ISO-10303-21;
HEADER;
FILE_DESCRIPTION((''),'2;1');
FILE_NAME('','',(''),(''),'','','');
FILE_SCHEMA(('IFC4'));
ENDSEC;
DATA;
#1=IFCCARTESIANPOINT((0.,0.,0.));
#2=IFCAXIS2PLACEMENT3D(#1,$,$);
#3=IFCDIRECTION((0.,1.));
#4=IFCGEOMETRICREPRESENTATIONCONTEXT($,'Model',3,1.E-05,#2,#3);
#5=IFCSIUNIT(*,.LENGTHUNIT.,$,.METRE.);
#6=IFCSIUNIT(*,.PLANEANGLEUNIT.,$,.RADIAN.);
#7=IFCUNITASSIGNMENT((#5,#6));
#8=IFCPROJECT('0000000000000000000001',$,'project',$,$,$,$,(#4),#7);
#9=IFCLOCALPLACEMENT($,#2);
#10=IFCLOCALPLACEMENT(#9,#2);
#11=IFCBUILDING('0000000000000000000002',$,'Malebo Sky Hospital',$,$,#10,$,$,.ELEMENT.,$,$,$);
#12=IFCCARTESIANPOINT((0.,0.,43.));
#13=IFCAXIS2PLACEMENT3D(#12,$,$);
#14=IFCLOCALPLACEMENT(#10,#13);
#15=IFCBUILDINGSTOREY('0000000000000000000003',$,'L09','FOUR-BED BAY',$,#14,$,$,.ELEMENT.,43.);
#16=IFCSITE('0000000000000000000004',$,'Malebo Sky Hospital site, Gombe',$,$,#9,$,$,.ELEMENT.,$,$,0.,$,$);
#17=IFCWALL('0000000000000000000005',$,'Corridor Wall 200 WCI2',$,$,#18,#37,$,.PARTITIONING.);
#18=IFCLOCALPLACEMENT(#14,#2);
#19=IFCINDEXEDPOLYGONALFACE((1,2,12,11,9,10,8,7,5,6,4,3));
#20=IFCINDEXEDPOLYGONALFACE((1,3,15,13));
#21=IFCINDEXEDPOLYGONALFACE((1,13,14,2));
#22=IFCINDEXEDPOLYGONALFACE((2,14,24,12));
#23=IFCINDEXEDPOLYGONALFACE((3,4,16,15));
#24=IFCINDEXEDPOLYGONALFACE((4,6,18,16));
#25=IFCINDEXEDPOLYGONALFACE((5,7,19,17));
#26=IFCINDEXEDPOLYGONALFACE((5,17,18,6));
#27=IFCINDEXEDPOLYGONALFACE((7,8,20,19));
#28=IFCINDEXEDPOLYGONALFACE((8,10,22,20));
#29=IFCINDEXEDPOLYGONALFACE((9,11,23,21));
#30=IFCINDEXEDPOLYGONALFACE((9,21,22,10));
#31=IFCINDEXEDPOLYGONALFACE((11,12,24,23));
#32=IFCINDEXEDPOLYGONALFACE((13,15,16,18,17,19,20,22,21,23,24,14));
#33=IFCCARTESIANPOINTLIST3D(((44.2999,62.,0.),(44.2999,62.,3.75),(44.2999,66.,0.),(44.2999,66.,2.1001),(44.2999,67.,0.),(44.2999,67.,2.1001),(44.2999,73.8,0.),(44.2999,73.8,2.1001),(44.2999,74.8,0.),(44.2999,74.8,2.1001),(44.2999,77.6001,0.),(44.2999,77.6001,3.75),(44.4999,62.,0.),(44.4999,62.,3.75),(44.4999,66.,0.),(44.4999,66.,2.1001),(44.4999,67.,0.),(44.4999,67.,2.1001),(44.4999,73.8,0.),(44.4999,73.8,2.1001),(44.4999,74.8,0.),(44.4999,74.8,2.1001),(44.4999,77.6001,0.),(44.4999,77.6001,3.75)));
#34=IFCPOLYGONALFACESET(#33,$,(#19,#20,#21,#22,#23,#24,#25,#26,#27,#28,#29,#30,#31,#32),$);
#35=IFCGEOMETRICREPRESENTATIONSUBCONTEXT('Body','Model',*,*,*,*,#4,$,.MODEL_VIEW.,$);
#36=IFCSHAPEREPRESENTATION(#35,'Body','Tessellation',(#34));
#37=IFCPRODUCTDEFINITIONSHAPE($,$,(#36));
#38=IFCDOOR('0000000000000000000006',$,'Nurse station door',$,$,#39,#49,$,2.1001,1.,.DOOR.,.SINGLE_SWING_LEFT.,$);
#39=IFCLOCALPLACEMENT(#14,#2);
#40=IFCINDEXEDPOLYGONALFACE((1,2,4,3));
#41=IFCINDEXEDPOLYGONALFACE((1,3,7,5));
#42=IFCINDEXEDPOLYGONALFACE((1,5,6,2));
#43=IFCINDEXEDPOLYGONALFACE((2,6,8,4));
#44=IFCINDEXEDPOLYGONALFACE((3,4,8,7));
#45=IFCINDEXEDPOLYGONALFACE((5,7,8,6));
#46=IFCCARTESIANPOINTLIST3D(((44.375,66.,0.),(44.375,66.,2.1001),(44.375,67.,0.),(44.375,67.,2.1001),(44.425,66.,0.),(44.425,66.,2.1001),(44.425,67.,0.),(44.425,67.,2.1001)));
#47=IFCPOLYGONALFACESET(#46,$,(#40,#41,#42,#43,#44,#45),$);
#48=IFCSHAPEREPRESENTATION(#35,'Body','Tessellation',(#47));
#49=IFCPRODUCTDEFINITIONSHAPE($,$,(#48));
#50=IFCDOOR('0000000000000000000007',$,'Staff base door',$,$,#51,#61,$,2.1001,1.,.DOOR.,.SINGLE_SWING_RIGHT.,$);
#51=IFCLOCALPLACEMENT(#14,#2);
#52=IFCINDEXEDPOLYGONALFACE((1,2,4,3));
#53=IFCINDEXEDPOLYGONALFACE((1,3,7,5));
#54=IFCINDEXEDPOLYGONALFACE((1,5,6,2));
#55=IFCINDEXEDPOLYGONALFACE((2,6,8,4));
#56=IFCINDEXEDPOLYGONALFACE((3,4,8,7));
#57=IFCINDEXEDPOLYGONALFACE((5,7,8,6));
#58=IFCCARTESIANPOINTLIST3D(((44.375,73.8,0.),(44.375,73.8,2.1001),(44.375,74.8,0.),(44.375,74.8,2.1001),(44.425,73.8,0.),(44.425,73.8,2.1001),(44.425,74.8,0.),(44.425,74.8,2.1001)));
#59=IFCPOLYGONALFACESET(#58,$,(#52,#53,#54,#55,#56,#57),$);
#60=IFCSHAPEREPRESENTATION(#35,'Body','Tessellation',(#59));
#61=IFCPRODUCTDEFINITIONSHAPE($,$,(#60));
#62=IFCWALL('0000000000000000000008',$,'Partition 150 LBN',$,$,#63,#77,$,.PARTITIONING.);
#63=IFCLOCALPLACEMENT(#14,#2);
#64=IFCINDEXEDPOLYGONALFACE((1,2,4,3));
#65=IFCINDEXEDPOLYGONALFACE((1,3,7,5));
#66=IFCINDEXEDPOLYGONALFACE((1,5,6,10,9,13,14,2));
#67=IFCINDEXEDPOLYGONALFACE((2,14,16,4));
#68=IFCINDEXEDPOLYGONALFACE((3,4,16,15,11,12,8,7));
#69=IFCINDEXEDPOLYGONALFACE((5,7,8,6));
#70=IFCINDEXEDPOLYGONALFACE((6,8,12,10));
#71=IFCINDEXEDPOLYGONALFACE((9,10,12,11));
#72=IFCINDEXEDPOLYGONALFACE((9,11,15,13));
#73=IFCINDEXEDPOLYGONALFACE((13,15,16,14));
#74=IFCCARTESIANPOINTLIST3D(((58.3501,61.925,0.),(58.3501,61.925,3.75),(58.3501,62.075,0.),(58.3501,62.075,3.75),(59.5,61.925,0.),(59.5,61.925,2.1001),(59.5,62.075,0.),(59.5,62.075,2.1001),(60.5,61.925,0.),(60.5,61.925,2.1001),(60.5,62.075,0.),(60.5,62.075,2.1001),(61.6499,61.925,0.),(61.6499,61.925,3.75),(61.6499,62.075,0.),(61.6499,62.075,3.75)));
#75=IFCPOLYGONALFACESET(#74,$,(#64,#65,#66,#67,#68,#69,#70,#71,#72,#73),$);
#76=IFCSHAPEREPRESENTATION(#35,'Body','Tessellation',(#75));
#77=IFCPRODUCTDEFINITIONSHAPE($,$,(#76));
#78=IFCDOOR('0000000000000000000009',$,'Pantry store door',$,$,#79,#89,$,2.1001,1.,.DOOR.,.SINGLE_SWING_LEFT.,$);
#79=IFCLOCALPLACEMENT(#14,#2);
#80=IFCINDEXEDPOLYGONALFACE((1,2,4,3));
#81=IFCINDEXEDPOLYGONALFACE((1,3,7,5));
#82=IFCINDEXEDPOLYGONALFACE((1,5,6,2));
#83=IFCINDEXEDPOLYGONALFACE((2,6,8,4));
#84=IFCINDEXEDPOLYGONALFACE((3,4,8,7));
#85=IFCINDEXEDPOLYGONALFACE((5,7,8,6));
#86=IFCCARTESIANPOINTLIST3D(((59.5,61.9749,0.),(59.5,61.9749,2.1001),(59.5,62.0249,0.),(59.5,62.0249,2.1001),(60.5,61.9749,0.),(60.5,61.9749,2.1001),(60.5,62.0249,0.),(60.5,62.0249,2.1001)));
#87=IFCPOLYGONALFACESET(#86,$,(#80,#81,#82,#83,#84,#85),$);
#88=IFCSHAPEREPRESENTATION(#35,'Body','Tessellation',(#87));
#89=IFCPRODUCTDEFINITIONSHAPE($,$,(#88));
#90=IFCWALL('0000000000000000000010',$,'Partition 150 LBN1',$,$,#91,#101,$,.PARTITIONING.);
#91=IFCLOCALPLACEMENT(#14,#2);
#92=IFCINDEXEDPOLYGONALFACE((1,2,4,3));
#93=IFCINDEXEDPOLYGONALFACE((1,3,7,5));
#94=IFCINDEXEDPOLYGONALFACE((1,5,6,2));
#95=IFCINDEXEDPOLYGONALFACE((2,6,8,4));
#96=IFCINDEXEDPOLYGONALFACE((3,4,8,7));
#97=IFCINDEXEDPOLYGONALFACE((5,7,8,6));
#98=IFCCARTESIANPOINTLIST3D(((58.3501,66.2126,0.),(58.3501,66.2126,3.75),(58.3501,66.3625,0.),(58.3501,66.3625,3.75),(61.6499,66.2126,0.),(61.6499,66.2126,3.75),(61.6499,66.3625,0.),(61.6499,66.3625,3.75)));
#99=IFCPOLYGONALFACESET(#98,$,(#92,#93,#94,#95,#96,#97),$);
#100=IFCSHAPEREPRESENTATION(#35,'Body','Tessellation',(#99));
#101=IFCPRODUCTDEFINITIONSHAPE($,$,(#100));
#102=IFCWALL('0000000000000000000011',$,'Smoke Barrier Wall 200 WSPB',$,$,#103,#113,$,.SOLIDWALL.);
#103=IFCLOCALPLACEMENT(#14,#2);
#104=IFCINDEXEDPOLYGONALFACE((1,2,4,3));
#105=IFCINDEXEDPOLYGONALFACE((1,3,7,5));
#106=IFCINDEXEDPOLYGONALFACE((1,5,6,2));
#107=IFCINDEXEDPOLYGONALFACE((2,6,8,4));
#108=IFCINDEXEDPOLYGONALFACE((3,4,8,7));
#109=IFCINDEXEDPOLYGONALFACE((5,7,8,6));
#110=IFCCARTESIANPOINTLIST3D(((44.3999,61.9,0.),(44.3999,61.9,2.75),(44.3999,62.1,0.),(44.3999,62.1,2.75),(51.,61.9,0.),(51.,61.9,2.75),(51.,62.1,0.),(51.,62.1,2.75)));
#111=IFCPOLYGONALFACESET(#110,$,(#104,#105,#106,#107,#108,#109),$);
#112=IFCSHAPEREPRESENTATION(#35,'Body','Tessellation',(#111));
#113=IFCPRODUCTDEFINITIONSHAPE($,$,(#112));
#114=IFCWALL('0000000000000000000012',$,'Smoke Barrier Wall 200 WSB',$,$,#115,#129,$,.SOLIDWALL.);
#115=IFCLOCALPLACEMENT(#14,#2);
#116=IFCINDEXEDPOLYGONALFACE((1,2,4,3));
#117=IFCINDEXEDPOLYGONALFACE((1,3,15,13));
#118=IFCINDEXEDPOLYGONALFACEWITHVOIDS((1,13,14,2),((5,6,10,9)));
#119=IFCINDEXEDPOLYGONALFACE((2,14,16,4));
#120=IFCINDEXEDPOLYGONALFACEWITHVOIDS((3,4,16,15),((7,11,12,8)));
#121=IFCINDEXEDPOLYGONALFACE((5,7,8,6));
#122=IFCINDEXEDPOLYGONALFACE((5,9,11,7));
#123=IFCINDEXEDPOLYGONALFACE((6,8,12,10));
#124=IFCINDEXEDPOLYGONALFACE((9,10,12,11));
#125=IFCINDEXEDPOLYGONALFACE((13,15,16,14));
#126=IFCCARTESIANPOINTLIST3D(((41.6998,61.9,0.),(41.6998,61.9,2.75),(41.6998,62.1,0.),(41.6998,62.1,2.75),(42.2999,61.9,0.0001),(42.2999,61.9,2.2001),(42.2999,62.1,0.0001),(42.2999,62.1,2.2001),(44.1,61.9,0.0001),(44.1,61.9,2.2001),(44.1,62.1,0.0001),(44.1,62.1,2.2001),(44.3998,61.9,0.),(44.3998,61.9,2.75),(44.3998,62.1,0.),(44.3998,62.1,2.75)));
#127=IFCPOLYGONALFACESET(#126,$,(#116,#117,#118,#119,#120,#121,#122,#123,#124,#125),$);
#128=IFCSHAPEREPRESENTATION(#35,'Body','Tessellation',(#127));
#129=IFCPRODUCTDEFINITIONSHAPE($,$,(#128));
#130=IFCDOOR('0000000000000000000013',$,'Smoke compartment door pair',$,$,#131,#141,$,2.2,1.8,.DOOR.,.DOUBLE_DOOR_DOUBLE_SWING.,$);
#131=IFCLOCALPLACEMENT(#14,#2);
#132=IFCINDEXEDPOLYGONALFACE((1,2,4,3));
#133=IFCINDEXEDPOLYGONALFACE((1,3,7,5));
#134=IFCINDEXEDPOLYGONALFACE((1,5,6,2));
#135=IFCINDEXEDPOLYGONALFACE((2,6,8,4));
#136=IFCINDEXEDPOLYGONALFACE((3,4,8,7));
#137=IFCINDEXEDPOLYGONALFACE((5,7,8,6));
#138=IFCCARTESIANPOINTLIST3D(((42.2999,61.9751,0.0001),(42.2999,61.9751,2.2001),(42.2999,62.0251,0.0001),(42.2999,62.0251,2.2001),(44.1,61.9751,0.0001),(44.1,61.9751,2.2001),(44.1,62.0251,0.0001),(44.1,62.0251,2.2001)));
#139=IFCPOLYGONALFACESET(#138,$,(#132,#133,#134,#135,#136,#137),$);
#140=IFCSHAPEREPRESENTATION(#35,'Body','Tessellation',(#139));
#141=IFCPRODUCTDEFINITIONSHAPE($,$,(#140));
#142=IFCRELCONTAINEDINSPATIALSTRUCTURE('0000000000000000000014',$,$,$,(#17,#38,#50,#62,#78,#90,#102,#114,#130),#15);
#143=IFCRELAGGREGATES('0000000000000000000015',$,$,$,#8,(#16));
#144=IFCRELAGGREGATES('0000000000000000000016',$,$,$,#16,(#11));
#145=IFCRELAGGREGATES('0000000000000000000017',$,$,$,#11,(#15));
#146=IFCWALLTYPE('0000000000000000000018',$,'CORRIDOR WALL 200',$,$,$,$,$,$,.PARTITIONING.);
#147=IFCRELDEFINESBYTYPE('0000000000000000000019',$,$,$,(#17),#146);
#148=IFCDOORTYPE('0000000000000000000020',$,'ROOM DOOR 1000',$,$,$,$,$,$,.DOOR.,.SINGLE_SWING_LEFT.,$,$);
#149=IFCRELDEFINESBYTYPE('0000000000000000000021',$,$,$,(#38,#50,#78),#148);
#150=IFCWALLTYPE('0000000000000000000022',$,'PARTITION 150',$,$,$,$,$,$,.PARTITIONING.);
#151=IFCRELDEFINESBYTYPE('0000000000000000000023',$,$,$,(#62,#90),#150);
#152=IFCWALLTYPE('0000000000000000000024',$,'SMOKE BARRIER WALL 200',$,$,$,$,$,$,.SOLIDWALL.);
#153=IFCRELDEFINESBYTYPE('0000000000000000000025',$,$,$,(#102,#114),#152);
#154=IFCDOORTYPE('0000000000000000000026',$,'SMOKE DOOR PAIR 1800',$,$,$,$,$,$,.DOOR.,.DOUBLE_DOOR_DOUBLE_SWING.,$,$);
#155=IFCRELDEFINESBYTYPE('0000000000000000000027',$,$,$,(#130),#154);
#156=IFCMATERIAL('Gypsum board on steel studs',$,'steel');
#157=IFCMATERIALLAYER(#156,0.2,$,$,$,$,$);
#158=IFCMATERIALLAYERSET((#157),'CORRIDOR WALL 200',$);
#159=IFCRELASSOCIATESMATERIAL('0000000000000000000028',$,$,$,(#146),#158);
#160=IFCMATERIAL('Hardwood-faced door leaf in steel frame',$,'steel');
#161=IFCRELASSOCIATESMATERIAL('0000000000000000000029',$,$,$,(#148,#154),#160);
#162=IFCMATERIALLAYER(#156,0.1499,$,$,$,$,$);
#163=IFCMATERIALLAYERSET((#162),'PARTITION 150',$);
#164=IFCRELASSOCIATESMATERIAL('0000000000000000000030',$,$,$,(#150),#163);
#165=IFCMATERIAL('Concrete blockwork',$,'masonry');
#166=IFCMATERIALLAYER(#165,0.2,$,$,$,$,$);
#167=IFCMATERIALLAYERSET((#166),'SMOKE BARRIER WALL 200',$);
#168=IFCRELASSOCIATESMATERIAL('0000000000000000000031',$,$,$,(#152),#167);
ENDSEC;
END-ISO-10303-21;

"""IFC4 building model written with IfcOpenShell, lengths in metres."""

from ifc_helpers import new_model, si_unit, direction, frame, frame_2d, origin, place, context, subcontext, project, spatial, rectangle, extrude, material, layer, layer_set, type_object, element, fill, save


model = new_model("IFC4")

# Units and contexts
model_context = context("Model", 3, precision=1e-05, world=origin(), true_north=direction((0.0, 1.0)))
body_context = subcontext(model_context, "Body", "Model", "MODEL_VIEW")
ifc_project = project(units=[si_unit("LENGTHUNIT", "METRE"), si_unit("PLANEANGLEUNIT", "RADIAN")], contexts=[model_context])

# Site, building, storey
site_placement = place(None, origin())
site = spatial("IfcSite", under=ifc_project, at=site_placement, Name="Malebo Sky Hospital site, Gombe", CompositionType="ELEMENT", RefElevation=0.0)
building_placement = place(site_placement, origin())
building = spatial("IfcBuilding", under=site, at=building_placement, Name="Malebo Sky Hospital", CompositionType="ELEMENT")
storey_placement = place(building_placement, frame((0.0, 0.0, 43.0)))
storey = spatial("IfcBuildingStorey", under=building, at=storey_placement, Name="L09", Description="FOUR-BED BAY", CompositionType="ELEMENT", Elevation=43.0)

# Shared definitions
ifc_material_1 = material(Name="Hardwood-faced door leaf in steel frame", Category="steel")

# Wall, openings, doors
ifc_material_2 = material(Name="Gypsum board on steel studs", Category="steel")
ifc_layer_1 = layer(ifc_material_2, 0.2)
ifc_layer_set_1 = layer_set([ifc_layer_1], Name="CORRIDOR WALL 200")
wall_type_1 = type_object("IfcWallType", Name="CORRIDOR WALL 200", PredefinedType="PARTITIONING", material=ifc_layer_set_1)
wall_1_placement = place(storey_placement, frame((44.3999, 62.0, 0.0), z_axis=(0.0, 0.0, 1.0), x_axis=(0.0, 1.0, 0.0)))
wall_1 = element("IfcWall", 1, at=wall_1_placement, inside=storey, type_object=wall_type_1, Name="Corridor Wall 200 WCI2", PredefinedType="PARTITIONING", context=body_context, shape_type="SweptSolid", body=[
    extrude(rectangle(XDim=15.6001, YDim=0.2, at=frame_2d((7.8, 0.0))), origin(), (0.0, 0.0, 1.0), 3.75),
])
opening_1_placement = place(wall_1_placement, frame((4.0, 0.0, 0.0)))
opening_1 = element("IfcOpeningElement", 2, at=opening_1_placement, cuts=wall_1, PredefinedType="OPENING", context=body_context, shape_type="SweptSolid", body=[
    extrude(rectangle(XDim=1.0, YDim=2.1001, at=frame_2d((0.5, 1.05))), frame((0.0, 0.1099, 0.0), z_axis=(0.0, -1.0, 0.0), x_axis=(1.0, 0.0, 0.0)), (0.0, 0.0, 1.0), 0.22),
])
opening_2_placement = place(wall_1_placement, frame((11.8, 0.0, 0.0)))
opening_2 = element("IfcOpeningElement", 3, at=opening_2_placement, cuts=wall_1, PredefinedType="OPENING", context=body_context, shape_type="SweptSolid", body=[
    extrude(rectangle(XDim=1.0, YDim=2.1001, at=frame_2d((0.5, 1.05))), frame((0.0, 0.1099, 0.0), z_axis=(0.0, -1.0, 0.0), x_axis=(1.0, 0.0, 0.0)), (0.0, 0.0, 1.0), 0.22),
])
door_type_1 = type_object("IfcDoorType", Name="ROOM DOOR 1000", OperationType="SINGLE_SWING_LEFT", PredefinedType="DOOR", material=ifc_material_1)
door_1_placement = place(opening_1_placement, origin())
door_1 = element("IfcDoor", 4, at=door_1_placement, inside=storey, type_object=door_type_1, Name="Nurse station door", OperationType="SINGLE_SWING_LEFT", OverallHeight=2.1001, OverallWidth=1.0, PredefinedType="DOOR", context=body_context, shape_type="SweptSolid", body=[
    extrude(rectangle(XDim=1.0, YDim=2.1001, at=frame_2d((0.5, 1.05))), frame((0.0, 0.0249, 0.0), z_axis=(0.0, -1.0, 0.0), x_axis=(1.0, 0.0, 0.0)), (0.0, 0.0, 1.0), 0.05),
])
fill(opening_1, door_1)
door_2_placement = place(opening_2_placement, origin())
door_2 = element("IfcDoor", 5, at=door_2_placement, inside=storey, type_object=door_type_1, Name="Staff base door", OperationType="SINGLE_SWING_RIGHT", OverallHeight=2.1001, OverallWidth=1.0, PredefinedType="DOOR", context=body_context, shape_type="SweptSolid", body=[
    extrude(rectangle(XDim=1.0, YDim=2.1001, at=frame_2d((0.5, 1.05))), frame((0.0, 0.0249, 0.0), z_axis=(0.0, -1.0, 0.0), x_axis=(1.0, 0.0, 0.0)), (0.0, 0.0, 1.0), 0.05),
])
fill(opening_2, door_2)

# Wall, opening, door
ifc_layer_2 = layer(ifc_material_2, 0.1499)
ifc_layer_set_2 = layer_set([ifc_layer_2], Name="PARTITION 150")
wall_type_2 = type_object("IfcWallType", Name="PARTITION 150", PredefinedType="PARTITIONING", material=ifc_layer_set_2)
wall_2_placement = place(storey_placement, frame((58.3501, 62.0, 0.0), z_axis=(0.0, 0.0, 1.0), x_axis=(1.0, 0.0, 0.0)))
wall_2 = element("IfcWall", 6, at=wall_2_placement, inside=storey, type_object=wall_type_2, Name="Partition 150 LBN", PredefinedType="PARTITIONING", context=body_context, shape_type="SweptSolid", body=[
    extrude(rectangle(XDim=3.2998, YDim=0.1499, at=frame_2d((1.6499, 0.0))), origin(), (0.0, 0.0, 1.0), 3.75),
])
opening_3_placement = place(wall_2_placement, frame((1.1499, 0.0, 0.0)))
opening_3 = element("IfcOpeningElement", 7, at=opening_3_placement, cuts=wall_2, PredefinedType="OPENING", context=body_context, shape_type="SweptSolid", body=[
    extrude(rectangle(XDim=1.0, YDim=2.1001, at=frame_2d((0.5, 1.05))), frame((0.0, 0.085, 0.0), z_axis=(0.0, -1.0, 0.0), x_axis=(1.0, 0.0, 0.0)), (0.0, 0.0, 1.0), 0.1699),
])
door_3_placement = place(opening_3_placement, origin())
door_3 = element("IfcDoor", 8, at=door_3_placement, inside=storey, type_object=door_type_1, Name="Pantry store door", OperationType="SINGLE_SWING_LEFT", OverallHeight=2.1001, OverallWidth=1.0, PredefinedType="DOOR", context=body_context, shape_type="SweptSolid", body=[
    extrude(rectangle(XDim=1.0, YDim=2.1001, at=frame_2d((0.5, 1.05))), frame((0.0, 0.0249, 0.0), z_axis=(0.0, -1.0, 0.0), x_axis=(1.0, 0.0, 0.0)), (0.0, 0.0, 1.0), 0.05),
])
fill(opening_3, door_3)

# Walls
wall_3_placement = place(storey_placement, frame((58.3501, 66.2876, 0.0), z_axis=(0.0, 0.0, 1.0), x_axis=(1.0, 0.0, 0.0)))
element("IfcWall", 9, at=wall_3_placement, inside=storey, type_object=wall_type_2, Name="Partition 150 LBN1", PredefinedType="PARTITIONING", context=body_context, shape_type="SweptSolid", body=[
    extrude(rectangle(XDim=3.2998, YDim=0.1499, at=frame_2d((1.6499, 0.0))), origin(), (0.0, 0.0, 1.0), 3.75),
])
ifc_material_3 = material(Name="Concrete blockwork", Category="masonry")
ifc_layer_3 = layer(ifc_material_3, 0.2)
ifc_layer_set_3 = layer_set([ifc_layer_3], Name="SMOKE BARRIER WALL 200")
wall_type_3 = type_object("IfcWallType", Name="SMOKE BARRIER WALL 200", PredefinedType="SOLIDWALL", material=ifc_layer_set_3)
wall_4_placement = place(storey_placement, frame((51.0, 62.0, 0.0), z_axis=(0.0, 0.0, 1.0), x_axis=(-1.0, 0.0, 0.0)))
element("IfcWall", 10, at=wall_4_placement, inside=storey, type_object=wall_type_3, Name="Smoke Barrier Wall 200 WSPB", PredefinedType="SOLIDWALL", context=body_context, shape_type="SweptSolid", body=[
    extrude(rectangle(XDim=6.6001, YDim=0.2, at=frame_2d((3.3, 0.0))), origin(), (0.0, 0.0, 1.0), 2.75),
])

# Wall, opening, door
wall_5_placement = place(storey_placement, frame((44.3999, 62.0, 0.0), z_axis=(0.0, 0.0, 1.0), x_axis=(-1.0, 0.0, 0.0)))
wall_5 = element("IfcWall", 11, at=wall_5_placement, inside=storey, type_object=wall_type_3, Name="Smoke Barrier Wall 200 WSB", PredefinedType="SOLIDWALL", context=body_context, shape_type="SweptSolid", body=[
    extrude(rectangle(XDim=2.7, YDim=0.2, at=frame_2d((1.3501, 0.0))), origin(), (0.0, 0.0, 1.0), 2.75),
])
opening_4_placement = place(wall_5_placement, frame((0.3, 0.0, 0.0)))
opening_4 = element("IfcOpeningElement", 12, at=opening_4_placement, cuts=wall_5, PredefinedType="OPENING", context=body_context, shape_type="SweptSolid", body=[
    extrude(rectangle(XDim=1.8, YDim=2.2, at=frame_2d((0.8999, 1.1001))), frame((0.0, 0.1099, 0.0), z_axis=(0.0, -1.0, 0.0), x_axis=(1.0, 0.0, 0.0)), (0.0, 0.0, 1.0), 0.22),
])
door_type_2 = type_object("IfcDoorType", Name="SMOKE DOOR PAIR 1800", OperationType="DOUBLE_DOOR_DOUBLE_SWING", PredefinedType="DOOR", material=ifc_material_1)
door_4_placement = place(opening_4_placement, origin())
door_4 = element("IfcDoor", 13, at=door_4_placement, inside=storey, type_object=door_type_2, Name="Smoke compartment door pair", OperationType="DOUBLE_DOOR_DOUBLE_SWING", OverallHeight=2.2, OverallWidth=1.8, PredefinedType="DOOR", context=body_context, shape_type="SweptSolid", body=[
    extrude(rectangle(XDim=1.8, YDim=2.2, at=frame_2d((0.8999, 1.1001))), frame((0.0, 0.0249, 0.0), z_axis=(0.0, -1.0, 0.0), x_axis=(1.0, 0.0, 0.0)), (0.0, 0.0, 1.0), 0.05),
])
fill(opening_4, door_4)

save(model, "model.ifc")
